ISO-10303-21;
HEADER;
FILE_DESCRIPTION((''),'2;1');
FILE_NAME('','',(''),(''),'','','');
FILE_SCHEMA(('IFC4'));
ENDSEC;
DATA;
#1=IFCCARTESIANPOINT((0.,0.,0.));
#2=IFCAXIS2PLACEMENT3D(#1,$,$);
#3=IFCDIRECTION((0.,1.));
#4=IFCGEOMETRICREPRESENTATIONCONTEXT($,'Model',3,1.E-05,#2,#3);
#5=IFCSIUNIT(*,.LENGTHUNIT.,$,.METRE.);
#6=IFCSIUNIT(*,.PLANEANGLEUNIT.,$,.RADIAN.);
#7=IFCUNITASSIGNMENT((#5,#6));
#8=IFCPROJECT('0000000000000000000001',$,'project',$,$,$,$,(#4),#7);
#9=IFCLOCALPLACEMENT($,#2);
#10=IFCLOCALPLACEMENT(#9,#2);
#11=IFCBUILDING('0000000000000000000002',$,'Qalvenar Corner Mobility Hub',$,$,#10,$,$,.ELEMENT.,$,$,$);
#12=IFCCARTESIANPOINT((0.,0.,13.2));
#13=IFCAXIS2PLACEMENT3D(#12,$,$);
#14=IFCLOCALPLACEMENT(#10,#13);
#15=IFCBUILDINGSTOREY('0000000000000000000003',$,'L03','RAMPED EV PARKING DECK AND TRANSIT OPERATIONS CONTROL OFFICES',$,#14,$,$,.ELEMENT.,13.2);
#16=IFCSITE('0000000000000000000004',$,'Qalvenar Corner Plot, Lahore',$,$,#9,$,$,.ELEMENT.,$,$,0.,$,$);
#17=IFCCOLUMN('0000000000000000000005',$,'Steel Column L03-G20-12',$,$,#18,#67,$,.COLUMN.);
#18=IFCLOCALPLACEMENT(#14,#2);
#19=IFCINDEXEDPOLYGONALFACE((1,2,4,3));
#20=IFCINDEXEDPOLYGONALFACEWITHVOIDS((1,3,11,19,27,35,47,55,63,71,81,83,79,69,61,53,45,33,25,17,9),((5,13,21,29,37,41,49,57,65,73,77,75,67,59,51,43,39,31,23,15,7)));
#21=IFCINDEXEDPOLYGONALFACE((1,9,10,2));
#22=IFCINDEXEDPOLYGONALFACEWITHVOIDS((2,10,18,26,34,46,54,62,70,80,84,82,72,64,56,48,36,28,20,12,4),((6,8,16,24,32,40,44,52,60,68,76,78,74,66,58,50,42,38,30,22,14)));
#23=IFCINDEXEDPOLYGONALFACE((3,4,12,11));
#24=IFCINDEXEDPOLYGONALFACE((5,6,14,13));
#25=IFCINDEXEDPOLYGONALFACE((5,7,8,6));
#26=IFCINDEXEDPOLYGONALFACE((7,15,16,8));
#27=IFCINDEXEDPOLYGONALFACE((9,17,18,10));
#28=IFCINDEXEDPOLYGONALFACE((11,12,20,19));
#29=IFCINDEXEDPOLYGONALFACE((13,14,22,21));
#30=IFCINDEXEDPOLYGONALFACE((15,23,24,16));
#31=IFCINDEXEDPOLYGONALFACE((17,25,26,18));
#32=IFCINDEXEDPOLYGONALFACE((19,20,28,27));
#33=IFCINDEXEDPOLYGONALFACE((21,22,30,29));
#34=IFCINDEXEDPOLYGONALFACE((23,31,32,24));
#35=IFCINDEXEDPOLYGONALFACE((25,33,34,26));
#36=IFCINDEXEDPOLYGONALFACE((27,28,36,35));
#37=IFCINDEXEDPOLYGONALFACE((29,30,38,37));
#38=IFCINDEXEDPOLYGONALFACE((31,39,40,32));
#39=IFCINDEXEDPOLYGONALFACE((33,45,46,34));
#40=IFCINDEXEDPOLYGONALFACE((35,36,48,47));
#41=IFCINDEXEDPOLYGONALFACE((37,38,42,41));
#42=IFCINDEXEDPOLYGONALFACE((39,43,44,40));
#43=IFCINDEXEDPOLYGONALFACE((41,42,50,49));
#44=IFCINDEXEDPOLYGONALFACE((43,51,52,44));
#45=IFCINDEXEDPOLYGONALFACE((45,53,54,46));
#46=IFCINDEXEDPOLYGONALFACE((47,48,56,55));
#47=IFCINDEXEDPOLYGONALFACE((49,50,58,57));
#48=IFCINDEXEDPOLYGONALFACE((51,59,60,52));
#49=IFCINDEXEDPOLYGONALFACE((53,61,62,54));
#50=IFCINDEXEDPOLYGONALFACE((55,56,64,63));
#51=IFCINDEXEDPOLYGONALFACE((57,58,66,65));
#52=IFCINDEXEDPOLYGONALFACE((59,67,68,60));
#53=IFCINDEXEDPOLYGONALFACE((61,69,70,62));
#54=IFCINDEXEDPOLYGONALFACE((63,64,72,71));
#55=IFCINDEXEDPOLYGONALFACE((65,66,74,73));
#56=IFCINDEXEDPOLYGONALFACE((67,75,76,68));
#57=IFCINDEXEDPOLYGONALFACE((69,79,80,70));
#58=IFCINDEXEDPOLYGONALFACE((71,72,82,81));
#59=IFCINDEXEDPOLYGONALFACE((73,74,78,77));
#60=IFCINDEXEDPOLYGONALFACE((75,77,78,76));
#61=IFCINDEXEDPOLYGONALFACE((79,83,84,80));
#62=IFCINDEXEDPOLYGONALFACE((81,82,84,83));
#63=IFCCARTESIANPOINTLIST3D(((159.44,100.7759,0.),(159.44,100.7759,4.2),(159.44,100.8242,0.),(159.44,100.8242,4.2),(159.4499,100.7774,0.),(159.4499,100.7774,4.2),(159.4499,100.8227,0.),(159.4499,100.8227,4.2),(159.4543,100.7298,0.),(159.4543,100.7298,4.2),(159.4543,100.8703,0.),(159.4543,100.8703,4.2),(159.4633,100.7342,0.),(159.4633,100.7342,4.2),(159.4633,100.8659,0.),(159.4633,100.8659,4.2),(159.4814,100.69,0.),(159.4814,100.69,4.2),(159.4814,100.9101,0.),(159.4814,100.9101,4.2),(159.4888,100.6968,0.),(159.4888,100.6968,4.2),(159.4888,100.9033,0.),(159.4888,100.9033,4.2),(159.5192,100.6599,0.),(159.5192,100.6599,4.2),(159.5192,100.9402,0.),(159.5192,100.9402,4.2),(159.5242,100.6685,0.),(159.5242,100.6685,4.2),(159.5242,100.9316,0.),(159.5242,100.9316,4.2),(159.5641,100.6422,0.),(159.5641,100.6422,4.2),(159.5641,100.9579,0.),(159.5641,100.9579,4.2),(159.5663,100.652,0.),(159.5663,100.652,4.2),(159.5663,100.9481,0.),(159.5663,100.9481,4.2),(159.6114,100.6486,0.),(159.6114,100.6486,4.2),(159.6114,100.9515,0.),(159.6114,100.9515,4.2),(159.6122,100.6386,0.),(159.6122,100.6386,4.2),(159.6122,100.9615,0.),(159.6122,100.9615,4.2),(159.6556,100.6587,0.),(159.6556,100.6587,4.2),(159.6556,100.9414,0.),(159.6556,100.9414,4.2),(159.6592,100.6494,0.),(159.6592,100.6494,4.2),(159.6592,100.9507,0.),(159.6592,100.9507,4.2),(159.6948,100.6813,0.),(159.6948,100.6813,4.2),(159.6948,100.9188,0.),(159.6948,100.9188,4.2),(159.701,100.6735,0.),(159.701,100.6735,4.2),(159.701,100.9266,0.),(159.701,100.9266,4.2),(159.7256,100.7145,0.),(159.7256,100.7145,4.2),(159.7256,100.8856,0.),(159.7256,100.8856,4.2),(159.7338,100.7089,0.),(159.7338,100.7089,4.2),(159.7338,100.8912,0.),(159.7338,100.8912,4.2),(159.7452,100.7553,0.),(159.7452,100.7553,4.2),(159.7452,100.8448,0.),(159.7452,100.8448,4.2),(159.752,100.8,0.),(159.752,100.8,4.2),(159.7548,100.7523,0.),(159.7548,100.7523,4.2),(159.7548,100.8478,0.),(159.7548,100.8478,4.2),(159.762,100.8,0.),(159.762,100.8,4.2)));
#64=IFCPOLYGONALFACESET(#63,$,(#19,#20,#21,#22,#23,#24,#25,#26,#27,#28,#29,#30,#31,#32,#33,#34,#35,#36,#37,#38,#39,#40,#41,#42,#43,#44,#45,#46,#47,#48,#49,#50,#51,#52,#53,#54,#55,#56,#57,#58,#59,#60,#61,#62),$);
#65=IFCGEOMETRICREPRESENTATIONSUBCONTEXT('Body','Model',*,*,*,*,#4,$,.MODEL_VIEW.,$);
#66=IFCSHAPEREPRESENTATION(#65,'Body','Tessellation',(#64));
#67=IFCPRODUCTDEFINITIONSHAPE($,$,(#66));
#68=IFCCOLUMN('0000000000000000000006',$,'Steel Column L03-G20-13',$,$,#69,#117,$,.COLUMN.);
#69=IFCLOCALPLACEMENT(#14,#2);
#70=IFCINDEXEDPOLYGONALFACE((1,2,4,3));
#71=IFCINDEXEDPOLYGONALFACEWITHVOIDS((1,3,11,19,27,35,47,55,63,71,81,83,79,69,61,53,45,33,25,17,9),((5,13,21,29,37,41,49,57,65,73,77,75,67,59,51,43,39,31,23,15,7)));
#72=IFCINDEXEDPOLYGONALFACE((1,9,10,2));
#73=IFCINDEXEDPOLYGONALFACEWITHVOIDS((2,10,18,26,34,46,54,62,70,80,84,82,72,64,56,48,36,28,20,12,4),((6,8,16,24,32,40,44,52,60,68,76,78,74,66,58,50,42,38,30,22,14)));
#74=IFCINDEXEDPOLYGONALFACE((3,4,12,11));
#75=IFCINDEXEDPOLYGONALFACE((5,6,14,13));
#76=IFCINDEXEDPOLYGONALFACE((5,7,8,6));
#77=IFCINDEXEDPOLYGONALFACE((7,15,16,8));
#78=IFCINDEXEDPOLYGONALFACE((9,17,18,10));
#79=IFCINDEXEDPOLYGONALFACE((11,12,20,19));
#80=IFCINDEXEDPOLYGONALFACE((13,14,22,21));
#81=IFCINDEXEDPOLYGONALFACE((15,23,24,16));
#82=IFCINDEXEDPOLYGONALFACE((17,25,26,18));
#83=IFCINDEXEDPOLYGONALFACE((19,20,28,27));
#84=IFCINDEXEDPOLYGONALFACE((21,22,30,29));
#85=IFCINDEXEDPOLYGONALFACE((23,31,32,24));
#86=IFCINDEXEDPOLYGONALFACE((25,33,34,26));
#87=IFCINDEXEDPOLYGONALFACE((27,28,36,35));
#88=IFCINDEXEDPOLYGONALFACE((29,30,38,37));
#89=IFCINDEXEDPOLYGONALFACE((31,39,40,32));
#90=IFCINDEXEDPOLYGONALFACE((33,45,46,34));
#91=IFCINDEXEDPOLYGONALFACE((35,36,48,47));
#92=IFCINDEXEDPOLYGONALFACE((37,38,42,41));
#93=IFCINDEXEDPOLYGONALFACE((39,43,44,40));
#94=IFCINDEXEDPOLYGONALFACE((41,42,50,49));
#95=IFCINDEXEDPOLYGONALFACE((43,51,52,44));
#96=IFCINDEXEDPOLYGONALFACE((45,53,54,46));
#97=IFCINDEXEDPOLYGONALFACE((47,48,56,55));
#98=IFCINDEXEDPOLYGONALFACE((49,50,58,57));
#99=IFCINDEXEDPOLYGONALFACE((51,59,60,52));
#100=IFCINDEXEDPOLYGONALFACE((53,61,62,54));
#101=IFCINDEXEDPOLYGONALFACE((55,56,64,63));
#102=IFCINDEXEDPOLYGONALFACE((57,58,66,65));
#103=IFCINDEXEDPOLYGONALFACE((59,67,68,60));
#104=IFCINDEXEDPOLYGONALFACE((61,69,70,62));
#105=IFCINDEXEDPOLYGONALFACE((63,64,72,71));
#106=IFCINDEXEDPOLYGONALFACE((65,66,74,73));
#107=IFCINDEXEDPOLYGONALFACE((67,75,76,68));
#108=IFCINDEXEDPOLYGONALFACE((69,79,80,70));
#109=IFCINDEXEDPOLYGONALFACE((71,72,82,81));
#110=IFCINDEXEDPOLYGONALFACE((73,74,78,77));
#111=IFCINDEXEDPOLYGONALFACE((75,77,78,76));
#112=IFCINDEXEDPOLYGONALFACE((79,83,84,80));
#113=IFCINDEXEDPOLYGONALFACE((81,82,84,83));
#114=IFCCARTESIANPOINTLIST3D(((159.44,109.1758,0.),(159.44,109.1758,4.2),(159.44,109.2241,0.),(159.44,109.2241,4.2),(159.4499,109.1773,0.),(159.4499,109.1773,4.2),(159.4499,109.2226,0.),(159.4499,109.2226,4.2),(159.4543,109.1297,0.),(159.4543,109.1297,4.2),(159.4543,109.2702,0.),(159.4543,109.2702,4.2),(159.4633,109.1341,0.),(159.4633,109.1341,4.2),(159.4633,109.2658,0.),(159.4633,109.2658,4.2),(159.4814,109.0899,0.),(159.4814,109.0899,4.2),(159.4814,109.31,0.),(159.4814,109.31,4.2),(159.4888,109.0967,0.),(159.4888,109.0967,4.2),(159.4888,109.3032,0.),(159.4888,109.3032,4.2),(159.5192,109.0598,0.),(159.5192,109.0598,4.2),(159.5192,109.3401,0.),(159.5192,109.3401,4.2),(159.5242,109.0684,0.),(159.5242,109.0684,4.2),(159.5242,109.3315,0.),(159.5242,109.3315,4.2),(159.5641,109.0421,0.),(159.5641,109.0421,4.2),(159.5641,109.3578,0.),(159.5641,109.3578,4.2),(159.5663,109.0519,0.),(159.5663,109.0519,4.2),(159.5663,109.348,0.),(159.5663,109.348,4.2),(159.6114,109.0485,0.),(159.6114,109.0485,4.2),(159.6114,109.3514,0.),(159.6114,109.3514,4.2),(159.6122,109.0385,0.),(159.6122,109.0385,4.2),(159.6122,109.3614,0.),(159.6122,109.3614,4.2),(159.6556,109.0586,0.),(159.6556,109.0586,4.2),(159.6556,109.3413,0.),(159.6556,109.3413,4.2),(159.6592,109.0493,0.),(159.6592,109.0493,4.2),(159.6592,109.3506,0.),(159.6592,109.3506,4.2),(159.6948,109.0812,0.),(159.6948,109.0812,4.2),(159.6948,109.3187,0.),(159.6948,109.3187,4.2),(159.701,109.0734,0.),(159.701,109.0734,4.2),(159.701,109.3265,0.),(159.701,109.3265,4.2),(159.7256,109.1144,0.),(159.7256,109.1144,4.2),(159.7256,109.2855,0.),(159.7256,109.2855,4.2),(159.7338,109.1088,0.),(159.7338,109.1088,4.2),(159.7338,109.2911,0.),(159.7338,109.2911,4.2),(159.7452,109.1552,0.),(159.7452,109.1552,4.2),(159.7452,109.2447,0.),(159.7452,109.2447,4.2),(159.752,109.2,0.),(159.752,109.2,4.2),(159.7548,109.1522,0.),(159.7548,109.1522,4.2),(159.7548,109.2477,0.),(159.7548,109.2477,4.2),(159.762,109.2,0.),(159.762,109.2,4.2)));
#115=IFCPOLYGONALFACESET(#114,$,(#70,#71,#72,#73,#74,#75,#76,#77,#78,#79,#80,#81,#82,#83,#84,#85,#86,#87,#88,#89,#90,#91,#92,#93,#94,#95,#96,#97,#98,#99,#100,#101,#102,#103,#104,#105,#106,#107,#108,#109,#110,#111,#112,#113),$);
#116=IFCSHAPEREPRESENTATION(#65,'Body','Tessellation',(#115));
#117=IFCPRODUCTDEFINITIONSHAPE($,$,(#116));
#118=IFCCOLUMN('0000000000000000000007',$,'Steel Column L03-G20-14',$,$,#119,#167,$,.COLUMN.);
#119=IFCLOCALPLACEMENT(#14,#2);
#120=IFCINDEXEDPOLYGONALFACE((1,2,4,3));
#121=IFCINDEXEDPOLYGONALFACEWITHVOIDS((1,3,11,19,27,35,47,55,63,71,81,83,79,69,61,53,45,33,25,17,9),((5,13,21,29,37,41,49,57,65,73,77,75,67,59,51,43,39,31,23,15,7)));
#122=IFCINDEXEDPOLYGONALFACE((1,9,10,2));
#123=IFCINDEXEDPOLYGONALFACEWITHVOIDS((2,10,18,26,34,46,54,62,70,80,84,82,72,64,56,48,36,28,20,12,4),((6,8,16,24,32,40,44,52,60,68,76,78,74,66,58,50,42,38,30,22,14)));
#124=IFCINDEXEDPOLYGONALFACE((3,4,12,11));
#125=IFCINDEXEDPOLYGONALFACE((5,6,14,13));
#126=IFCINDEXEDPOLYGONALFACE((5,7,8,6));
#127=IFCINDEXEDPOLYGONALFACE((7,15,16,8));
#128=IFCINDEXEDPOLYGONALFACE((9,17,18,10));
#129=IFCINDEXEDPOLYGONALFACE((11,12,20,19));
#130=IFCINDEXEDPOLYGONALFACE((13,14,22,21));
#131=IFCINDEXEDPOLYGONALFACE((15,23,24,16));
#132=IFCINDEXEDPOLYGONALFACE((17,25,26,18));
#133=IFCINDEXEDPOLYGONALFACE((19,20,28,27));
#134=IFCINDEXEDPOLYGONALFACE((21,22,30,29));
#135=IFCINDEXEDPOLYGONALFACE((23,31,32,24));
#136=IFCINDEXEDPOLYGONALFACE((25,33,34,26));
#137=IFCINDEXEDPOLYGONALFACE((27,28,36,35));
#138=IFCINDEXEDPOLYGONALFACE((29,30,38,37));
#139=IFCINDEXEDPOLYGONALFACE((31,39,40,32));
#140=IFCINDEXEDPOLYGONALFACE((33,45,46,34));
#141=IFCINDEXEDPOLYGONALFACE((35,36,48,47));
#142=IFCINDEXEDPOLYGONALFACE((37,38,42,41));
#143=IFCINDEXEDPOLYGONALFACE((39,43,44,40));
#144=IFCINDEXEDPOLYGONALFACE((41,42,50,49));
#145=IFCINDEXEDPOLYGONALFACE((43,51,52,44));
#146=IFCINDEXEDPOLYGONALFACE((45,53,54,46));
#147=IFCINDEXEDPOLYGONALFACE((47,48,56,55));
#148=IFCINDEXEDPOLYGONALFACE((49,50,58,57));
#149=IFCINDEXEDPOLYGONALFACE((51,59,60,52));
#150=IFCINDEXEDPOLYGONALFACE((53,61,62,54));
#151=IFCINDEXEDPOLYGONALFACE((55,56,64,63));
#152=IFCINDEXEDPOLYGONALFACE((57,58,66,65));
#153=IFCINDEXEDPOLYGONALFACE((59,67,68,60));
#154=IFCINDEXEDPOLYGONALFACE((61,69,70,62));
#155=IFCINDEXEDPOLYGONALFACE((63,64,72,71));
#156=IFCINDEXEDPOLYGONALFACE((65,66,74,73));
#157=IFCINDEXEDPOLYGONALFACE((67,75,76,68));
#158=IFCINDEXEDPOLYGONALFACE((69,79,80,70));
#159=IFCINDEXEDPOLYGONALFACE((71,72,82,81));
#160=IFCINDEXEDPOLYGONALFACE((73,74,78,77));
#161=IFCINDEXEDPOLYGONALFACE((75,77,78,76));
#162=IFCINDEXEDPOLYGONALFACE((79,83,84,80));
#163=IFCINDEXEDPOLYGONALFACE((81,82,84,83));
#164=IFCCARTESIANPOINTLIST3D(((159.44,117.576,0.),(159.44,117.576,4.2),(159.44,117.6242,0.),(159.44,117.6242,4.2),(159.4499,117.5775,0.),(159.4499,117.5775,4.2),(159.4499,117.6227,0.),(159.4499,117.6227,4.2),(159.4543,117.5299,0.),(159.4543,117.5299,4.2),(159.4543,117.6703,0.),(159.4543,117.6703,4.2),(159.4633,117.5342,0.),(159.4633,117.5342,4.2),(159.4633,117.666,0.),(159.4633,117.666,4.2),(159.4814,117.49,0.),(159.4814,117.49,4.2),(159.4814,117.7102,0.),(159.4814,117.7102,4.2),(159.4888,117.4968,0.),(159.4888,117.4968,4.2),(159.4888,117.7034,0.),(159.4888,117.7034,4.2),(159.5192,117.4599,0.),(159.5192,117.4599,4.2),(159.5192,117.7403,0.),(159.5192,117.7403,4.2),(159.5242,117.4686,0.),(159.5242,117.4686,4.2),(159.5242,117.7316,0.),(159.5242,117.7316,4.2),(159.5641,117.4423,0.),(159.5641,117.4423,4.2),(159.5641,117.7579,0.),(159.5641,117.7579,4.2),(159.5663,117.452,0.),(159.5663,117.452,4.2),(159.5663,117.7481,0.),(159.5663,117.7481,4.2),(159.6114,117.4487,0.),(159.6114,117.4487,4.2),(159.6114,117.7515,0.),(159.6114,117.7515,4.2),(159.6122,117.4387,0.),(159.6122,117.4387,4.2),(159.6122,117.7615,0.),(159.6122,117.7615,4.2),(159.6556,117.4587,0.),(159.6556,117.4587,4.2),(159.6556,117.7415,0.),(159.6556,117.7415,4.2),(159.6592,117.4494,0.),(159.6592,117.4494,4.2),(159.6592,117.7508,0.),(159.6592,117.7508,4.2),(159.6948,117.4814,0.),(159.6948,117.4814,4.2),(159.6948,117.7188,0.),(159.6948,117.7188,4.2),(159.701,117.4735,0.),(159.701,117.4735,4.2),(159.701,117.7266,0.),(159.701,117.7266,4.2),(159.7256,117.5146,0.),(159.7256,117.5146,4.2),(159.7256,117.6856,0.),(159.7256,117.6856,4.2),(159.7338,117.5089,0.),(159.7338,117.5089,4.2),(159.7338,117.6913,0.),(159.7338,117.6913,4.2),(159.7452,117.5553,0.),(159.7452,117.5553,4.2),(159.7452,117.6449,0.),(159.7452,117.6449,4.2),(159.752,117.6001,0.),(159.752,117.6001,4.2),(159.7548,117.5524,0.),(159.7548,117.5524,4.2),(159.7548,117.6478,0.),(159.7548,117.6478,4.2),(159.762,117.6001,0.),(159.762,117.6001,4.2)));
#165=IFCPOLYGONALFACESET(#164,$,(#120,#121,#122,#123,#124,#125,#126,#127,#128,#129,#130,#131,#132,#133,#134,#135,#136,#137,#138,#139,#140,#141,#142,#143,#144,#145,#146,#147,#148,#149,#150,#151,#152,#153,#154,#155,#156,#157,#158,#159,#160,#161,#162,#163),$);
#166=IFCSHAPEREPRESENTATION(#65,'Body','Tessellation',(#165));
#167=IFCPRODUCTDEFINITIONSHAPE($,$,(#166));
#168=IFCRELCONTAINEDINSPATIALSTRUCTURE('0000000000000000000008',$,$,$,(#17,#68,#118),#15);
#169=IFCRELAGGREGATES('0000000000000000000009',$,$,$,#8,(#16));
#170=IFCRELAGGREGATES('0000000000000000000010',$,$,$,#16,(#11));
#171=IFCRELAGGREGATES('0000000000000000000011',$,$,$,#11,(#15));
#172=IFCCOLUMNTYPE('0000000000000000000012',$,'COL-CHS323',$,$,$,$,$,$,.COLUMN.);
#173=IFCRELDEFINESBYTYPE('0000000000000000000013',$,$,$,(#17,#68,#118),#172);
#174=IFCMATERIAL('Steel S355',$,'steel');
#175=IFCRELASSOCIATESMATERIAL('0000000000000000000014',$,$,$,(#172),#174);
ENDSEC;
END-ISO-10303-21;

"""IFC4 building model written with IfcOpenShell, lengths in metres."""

from ifc_helpers import new_model, si_unit, direction, frame, origin, origin_2d, place, context, subcontext, project, spatial, hollow_circle, extrude, material, material_profile, profile_set, type_object, element, save


model = new_model("IFC4")

# Units and contexts
model_context = context("Model", 3, precision=1e-05, world=origin(), true_north=direction((0.0, 1.0)))
body_context = subcontext(model_context, "Body", "Model", "MODEL_VIEW")
ifc_project = project(units=[si_unit("LENGTHUNIT", "METRE"), si_unit("PLANEANGLEUNIT", "RADIAN")], contexts=[model_context])

# Site, building, storey
site_placement = place(None, origin())
site = spatial("IfcSite", under=ifc_project, at=site_placement, Name="Qalvenar Corner Plot, Lahore", CompositionType="ELEMENT", RefElevation=0.0)
building_placement = place(site_placement, origin())
building = spatial("IfcBuilding", under=site, at=building_placement, Name="Qalvenar Corner Mobility Hub", CompositionType="ELEMENT")
storey_placement = place(building_placement, frame((0.0, 0.0, 13.2)))
storey = spatial("IfcBuildingStorey", under=building, at=storey_placement, Name="L03", Description="RAMPED EV PARKING DECK AND TRANSIT OPERATIONS CONTROL OFFICES", CompositionType="ELEMENT", Elevation=13.2)

# Columns
ifc_material_1 = material(Name="Steel S355", Category="steel")
ifc_material_profile_1 = material_profile(ifc_material_1, hollow_circle(Radius=0.1619, WallThickness=0.01, at=origin_2d()), Name="CHS323.9x10")
ifc_profile_set_1 = profile_set([ifc_material_profile_1], Name="Steel S355")
column_type = type_object("IfcColumnType", Name="COL-CHS323", PredefinedType="COLUMN", material=ifc_profile_set_1)
for number, where, z_axis, x_axis, name in (
    (1, (159.6001, 100.8, 0.0), (0.0, 0.0, 1.0), (1.0, 0.0, 0.0), "Steel Column L03-G20-12"),
    (2, (159.6001, 109.2, 0.0), (0.0, 0.0, 1.0), (1.0, 0.0, 0.0), "Steel Column L03-G20-13"),
    (3, (159.6001, 117.6001, 0.0), (0.0, 0.0, 1.0), (1.0, 0.0, 0.0), "Steel Column L03-G20-14"),
):
    element("IfcColumn", number, at=place(storey_placement, frame(where, z_axis=z_axis, x_axis=x_axis)), inside=storey, type_object=column_type, Name=name, PredefinedType="COLUMN", context=body_context, shape_type="SweptSolid", body=[
        extrude(hollow_circle(Radius=0.1619, WallThickness=0.01, at=origin_2d()), origin(), (0.0, 0.0, 1.0), 4.2),
    ])

save(model, "model.ifc")
